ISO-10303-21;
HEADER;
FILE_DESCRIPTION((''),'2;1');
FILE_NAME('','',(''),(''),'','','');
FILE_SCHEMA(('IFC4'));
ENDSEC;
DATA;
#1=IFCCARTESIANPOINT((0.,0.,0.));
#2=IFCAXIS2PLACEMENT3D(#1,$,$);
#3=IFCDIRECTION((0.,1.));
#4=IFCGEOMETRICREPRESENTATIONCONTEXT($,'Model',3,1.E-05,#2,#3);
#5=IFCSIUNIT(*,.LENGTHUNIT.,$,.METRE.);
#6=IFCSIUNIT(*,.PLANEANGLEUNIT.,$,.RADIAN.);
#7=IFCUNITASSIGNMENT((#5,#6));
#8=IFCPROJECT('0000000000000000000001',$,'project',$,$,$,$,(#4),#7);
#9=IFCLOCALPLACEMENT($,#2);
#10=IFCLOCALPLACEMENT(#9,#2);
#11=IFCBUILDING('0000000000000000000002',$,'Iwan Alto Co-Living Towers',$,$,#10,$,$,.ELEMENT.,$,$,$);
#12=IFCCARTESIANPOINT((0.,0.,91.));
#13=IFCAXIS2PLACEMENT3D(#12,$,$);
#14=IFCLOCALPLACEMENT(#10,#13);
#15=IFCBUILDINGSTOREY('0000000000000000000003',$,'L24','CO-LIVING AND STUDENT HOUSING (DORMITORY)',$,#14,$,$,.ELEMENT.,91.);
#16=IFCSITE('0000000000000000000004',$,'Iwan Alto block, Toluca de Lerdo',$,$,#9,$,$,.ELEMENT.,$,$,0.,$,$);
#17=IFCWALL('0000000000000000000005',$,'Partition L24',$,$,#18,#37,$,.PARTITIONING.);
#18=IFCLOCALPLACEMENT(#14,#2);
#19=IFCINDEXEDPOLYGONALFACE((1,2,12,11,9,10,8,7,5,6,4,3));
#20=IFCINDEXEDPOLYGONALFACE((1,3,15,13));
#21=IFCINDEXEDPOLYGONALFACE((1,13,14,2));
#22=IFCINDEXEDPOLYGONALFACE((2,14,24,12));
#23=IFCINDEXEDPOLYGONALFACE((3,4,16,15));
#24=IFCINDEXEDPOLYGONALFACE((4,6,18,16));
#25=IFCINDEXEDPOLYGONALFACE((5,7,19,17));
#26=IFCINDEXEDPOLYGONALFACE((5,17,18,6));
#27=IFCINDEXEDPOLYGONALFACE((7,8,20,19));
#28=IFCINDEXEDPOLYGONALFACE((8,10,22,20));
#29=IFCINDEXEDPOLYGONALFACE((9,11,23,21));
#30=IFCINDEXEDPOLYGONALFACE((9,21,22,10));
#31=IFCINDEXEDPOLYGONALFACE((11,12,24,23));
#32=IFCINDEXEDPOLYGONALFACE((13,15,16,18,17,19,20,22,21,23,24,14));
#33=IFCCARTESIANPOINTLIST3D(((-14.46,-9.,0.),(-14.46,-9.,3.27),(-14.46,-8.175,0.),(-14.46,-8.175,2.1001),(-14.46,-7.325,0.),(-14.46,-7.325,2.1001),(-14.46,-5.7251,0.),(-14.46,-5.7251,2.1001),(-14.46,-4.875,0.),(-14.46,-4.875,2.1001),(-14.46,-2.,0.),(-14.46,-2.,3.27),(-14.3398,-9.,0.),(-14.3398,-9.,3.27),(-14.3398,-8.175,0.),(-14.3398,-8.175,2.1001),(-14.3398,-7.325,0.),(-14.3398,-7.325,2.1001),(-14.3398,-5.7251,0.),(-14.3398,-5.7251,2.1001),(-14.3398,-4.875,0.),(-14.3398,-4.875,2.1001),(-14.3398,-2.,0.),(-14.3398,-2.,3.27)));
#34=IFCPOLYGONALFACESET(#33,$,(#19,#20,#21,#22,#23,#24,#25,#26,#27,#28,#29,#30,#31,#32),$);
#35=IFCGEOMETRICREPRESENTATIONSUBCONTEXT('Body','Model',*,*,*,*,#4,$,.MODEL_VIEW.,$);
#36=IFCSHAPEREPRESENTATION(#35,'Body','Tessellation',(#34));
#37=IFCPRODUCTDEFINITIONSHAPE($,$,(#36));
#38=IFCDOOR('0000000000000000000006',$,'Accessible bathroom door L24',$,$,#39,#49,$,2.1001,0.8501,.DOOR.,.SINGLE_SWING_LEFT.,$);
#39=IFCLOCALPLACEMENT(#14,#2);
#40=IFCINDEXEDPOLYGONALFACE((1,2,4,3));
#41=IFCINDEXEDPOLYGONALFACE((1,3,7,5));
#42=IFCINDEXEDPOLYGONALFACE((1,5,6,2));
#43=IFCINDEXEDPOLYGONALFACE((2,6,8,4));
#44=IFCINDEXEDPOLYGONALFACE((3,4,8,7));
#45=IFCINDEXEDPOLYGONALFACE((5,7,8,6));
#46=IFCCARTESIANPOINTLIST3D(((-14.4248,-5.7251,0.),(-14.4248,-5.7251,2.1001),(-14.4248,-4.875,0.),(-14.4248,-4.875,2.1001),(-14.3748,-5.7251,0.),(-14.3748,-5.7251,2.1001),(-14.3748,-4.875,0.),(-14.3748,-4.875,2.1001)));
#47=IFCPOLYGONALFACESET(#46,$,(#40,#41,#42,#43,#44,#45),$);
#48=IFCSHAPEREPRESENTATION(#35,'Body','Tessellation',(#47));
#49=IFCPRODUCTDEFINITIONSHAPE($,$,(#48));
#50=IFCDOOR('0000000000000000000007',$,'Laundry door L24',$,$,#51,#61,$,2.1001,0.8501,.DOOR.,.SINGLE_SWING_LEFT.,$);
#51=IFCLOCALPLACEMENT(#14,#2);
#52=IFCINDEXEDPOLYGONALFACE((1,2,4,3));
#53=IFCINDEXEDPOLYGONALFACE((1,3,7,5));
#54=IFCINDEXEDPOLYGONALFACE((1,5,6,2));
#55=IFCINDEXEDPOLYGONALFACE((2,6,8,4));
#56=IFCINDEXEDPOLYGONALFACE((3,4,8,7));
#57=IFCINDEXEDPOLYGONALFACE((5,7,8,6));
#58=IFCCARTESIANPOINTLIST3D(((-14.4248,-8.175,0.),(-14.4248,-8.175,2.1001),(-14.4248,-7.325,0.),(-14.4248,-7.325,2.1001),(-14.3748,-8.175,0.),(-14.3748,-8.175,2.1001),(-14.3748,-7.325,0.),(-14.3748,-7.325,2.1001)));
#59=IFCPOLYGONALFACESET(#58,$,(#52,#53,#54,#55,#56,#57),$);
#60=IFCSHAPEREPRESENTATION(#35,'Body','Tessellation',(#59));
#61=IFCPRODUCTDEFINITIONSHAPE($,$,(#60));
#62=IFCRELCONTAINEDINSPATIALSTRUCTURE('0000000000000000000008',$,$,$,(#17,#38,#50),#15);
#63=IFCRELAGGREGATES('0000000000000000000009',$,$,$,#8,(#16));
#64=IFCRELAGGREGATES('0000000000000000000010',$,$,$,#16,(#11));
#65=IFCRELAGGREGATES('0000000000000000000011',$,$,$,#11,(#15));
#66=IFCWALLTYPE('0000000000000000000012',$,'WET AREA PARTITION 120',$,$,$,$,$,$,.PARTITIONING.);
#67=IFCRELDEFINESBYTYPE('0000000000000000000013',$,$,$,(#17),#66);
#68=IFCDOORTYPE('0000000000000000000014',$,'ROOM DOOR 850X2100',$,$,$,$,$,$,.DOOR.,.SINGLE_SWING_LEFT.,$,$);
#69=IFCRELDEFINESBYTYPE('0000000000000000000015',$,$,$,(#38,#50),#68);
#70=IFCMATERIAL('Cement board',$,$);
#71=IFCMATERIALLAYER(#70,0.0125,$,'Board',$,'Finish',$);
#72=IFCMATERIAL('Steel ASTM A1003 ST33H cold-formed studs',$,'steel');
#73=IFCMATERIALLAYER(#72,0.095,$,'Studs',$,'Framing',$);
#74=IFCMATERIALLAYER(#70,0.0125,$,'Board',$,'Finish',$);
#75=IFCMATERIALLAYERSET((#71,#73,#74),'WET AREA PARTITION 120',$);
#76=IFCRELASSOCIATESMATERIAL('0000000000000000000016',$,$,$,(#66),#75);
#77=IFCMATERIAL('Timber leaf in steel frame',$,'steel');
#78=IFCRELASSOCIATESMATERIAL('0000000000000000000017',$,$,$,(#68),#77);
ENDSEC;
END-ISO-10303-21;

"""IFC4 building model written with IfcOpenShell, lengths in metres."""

from ifc_helpers import new_model, si_unit, direction, frame, frame_2d, origin, place, context, subcontext, project, spatial, rectangle, extrude, material, layer, layer_set, type_object, element, fill, save


model = new_model("IFC4")

# Units and contexts
model_context = context("Model", 3, precision=1e-05, world=origin(), true_north=direction((0.0, 1.0)))
body_context = subcontext(model_context, "Body", "Model", "MODEL_VIEW")
ifc_project = project(units=[si_unit("LENGTHUNIT", "METRE"), si_unit("PLANEANGLEUNIT", "RADIAN")], contexts=[model_context])

# Site, building, storey
site_placement = place(None, origin())
site = spatial("IfcSite", under=ifc_project, at=site_placement, Name="Iwan Alto block, Toluca de Lerdo", CompositionType="ELEMENT", RefElevation=0.0)
building_placement = place(site_placement, origin())
building = spatial("IfcBuilding", under=site, at=building_placement, Name="Iwan Alto Co-Living Towers", CompositionType="ELEMENT")
storey_placement = place(building_placement, frame((0.0, 0.0, 91.0)))
storey = spatial("IfcBuildingStorey", under=building, at=storey_placement, Name="L24", Description="CO-LIVING AND STUDENT HOUSING (DORMITORY)", CompositionType="ELEMENT", Elevation=91.0)

# Shared definitions
ifc_material_1 = material(Name="Steel ASTM A1003 ST33H cold-formed studs", Category="steel")

# Shared definitions
ifc_material_2 = material(Name="Cement board")
ifc_layer_1 = layer(ifc_material_2, 0.0125, Name="Board", Category="Finish")
ifc_layer_2 = layer(ifc_material_1, 0.095, Name="Studs", Category="Framing")
ifc_layer_3 = layer(ifc_material_2, 0.0125, Name="Board", Category="Finish")
ifc_layer_set_1 = layer_set([ifc_layer_1, ifc_layer_2, ifc_layer_3], Name="WET AREA PARTITION 120")
wall_type_1 = type_object("IfcWallType", Name="WET AREA PARTITION 120", PredefinedType="PARTITIONING", material=ifc_layer_set_1)

# Shared definitions
ifc_material_3 = material(Name="Timber leaf in steel frame", Category="steel")
door_type_1 = type_object("IfcDoorType", Name="ROOM DOOR 850X2100", OperationType="SINGLE_SWING_LEFT", PredefinedType="DOOR", material=ifc_material_3)

# Wall, openings, doors
wall_1_placement = place(storey_placement, frame((-14.3999, -9.0, 0.0), z_axis=(0.0, 0.0, 1.0), x_axis=(0.0, 1.0, 0.0)))
wall_1 = element("IfcWall", 1, at=wall_1_placement, inside=storey, type_object=wall_type_1, Name="Partition L24", PredefinedType="PARTITIONING", context=body_context, shape_type="SweptSolid", body=[
    extrude(rectangle(XDim=7.0, YDim=0.1201, at=frame_2d((3.5, 0.0))), origin(), (0.0, 0.0, 1.0), 3.27),
])
opening_1_placement = place(wall_1_placement, frame((3.2749, 0.0, 0.0)))
opening_1 = element("IfcOpeningElement", 2, at=opening_1_placement, cuts=wall_1, PredefinedType="OPENING", context=body_context, shape_type="SweptSolid", body=[
    extrude(rectangle(XDim=0.8501, YDim=2.1001, at=frame_2d((0.425, 1.05))), frame((0.0, 0.0701, 0.0), z_axis=(0.0, -1.0, 0.0), x_axis=(1.0, 0.0, 0.0)), (0.0, 0.0, 1.0), 0.1401),
])
opening_2_placement = place(wall_1_placement, frame((0.825, 0.0, 0.0)))
opening_2 = element("IfcOpeningElement", 3, at=opening_2_placement, cuts=wall_1, PredefinedType="OPENING", context=body_context, shape_type="SweptSolid", body=[
    extrude(rectangle(XDim=0.8501, YDim=2.1001, at=frame_2d((0.425, 1.05))), frame((0.0, 0.0701, 0.0), z_axis=(0.0, -1.0, 0.0), x_axis=(1.0, 0.0, 0.0)), (0.0, 0.0, 1.0), 0.1401),
])
door_1_placement = place(opening_1_placement, origin())
door_1 = element("IfcDoor", 4, at=door_1_placement, inside=storey, type_object=door_type_1, Name="Accessible bathroom door L24", OperationType="SINGLE_SWING_LEFT", OverallHeight=2.1001, OverallWidth=0.8501, PredefinedType="DOOR", context=body_context, shape_type="SweptSolid", body=[
    extrude(rectangle(XDim=0.8501, YDim=2.1001, at=frame_2d((0.425, 1.05))), frame((0.0, 0.0249, 0.0), z_axis=(0.0, -1.0, 0.0), x_axis=(1.0, 0.0, 0.0)), (0.0, 0.0, 1.0), 0.05),
])
fill(opening_1, door_1)
door_2_placement = place(opening_2_placement, origin())
door_2 = element("IfcDoor", 5, at=door_2_placement, inside=storey, type_object=door_type_1, Name="Laundry door L24", OperationType="SINGLE_SWING_LEFT", OverallHeight=2.1001, OverallWidth=0.8501, PredefinedType="DOOR", context=body_context, shape_type="SweptSolid", body=[
    extrude(rectangle(XDim=0.8501, YDim=2.1001, at=frame_2d((0.425, 1.05))), frame((0.0, 0.0249, 0.0), z_axis=(0.0, -1.0, 0.0), x_axis=(1.0, 0.0, 0.0)), (0.0, 0.0, 1.0), 0.05),
])
fill(opening_2, door_2)

save(model, "model.ifc")
